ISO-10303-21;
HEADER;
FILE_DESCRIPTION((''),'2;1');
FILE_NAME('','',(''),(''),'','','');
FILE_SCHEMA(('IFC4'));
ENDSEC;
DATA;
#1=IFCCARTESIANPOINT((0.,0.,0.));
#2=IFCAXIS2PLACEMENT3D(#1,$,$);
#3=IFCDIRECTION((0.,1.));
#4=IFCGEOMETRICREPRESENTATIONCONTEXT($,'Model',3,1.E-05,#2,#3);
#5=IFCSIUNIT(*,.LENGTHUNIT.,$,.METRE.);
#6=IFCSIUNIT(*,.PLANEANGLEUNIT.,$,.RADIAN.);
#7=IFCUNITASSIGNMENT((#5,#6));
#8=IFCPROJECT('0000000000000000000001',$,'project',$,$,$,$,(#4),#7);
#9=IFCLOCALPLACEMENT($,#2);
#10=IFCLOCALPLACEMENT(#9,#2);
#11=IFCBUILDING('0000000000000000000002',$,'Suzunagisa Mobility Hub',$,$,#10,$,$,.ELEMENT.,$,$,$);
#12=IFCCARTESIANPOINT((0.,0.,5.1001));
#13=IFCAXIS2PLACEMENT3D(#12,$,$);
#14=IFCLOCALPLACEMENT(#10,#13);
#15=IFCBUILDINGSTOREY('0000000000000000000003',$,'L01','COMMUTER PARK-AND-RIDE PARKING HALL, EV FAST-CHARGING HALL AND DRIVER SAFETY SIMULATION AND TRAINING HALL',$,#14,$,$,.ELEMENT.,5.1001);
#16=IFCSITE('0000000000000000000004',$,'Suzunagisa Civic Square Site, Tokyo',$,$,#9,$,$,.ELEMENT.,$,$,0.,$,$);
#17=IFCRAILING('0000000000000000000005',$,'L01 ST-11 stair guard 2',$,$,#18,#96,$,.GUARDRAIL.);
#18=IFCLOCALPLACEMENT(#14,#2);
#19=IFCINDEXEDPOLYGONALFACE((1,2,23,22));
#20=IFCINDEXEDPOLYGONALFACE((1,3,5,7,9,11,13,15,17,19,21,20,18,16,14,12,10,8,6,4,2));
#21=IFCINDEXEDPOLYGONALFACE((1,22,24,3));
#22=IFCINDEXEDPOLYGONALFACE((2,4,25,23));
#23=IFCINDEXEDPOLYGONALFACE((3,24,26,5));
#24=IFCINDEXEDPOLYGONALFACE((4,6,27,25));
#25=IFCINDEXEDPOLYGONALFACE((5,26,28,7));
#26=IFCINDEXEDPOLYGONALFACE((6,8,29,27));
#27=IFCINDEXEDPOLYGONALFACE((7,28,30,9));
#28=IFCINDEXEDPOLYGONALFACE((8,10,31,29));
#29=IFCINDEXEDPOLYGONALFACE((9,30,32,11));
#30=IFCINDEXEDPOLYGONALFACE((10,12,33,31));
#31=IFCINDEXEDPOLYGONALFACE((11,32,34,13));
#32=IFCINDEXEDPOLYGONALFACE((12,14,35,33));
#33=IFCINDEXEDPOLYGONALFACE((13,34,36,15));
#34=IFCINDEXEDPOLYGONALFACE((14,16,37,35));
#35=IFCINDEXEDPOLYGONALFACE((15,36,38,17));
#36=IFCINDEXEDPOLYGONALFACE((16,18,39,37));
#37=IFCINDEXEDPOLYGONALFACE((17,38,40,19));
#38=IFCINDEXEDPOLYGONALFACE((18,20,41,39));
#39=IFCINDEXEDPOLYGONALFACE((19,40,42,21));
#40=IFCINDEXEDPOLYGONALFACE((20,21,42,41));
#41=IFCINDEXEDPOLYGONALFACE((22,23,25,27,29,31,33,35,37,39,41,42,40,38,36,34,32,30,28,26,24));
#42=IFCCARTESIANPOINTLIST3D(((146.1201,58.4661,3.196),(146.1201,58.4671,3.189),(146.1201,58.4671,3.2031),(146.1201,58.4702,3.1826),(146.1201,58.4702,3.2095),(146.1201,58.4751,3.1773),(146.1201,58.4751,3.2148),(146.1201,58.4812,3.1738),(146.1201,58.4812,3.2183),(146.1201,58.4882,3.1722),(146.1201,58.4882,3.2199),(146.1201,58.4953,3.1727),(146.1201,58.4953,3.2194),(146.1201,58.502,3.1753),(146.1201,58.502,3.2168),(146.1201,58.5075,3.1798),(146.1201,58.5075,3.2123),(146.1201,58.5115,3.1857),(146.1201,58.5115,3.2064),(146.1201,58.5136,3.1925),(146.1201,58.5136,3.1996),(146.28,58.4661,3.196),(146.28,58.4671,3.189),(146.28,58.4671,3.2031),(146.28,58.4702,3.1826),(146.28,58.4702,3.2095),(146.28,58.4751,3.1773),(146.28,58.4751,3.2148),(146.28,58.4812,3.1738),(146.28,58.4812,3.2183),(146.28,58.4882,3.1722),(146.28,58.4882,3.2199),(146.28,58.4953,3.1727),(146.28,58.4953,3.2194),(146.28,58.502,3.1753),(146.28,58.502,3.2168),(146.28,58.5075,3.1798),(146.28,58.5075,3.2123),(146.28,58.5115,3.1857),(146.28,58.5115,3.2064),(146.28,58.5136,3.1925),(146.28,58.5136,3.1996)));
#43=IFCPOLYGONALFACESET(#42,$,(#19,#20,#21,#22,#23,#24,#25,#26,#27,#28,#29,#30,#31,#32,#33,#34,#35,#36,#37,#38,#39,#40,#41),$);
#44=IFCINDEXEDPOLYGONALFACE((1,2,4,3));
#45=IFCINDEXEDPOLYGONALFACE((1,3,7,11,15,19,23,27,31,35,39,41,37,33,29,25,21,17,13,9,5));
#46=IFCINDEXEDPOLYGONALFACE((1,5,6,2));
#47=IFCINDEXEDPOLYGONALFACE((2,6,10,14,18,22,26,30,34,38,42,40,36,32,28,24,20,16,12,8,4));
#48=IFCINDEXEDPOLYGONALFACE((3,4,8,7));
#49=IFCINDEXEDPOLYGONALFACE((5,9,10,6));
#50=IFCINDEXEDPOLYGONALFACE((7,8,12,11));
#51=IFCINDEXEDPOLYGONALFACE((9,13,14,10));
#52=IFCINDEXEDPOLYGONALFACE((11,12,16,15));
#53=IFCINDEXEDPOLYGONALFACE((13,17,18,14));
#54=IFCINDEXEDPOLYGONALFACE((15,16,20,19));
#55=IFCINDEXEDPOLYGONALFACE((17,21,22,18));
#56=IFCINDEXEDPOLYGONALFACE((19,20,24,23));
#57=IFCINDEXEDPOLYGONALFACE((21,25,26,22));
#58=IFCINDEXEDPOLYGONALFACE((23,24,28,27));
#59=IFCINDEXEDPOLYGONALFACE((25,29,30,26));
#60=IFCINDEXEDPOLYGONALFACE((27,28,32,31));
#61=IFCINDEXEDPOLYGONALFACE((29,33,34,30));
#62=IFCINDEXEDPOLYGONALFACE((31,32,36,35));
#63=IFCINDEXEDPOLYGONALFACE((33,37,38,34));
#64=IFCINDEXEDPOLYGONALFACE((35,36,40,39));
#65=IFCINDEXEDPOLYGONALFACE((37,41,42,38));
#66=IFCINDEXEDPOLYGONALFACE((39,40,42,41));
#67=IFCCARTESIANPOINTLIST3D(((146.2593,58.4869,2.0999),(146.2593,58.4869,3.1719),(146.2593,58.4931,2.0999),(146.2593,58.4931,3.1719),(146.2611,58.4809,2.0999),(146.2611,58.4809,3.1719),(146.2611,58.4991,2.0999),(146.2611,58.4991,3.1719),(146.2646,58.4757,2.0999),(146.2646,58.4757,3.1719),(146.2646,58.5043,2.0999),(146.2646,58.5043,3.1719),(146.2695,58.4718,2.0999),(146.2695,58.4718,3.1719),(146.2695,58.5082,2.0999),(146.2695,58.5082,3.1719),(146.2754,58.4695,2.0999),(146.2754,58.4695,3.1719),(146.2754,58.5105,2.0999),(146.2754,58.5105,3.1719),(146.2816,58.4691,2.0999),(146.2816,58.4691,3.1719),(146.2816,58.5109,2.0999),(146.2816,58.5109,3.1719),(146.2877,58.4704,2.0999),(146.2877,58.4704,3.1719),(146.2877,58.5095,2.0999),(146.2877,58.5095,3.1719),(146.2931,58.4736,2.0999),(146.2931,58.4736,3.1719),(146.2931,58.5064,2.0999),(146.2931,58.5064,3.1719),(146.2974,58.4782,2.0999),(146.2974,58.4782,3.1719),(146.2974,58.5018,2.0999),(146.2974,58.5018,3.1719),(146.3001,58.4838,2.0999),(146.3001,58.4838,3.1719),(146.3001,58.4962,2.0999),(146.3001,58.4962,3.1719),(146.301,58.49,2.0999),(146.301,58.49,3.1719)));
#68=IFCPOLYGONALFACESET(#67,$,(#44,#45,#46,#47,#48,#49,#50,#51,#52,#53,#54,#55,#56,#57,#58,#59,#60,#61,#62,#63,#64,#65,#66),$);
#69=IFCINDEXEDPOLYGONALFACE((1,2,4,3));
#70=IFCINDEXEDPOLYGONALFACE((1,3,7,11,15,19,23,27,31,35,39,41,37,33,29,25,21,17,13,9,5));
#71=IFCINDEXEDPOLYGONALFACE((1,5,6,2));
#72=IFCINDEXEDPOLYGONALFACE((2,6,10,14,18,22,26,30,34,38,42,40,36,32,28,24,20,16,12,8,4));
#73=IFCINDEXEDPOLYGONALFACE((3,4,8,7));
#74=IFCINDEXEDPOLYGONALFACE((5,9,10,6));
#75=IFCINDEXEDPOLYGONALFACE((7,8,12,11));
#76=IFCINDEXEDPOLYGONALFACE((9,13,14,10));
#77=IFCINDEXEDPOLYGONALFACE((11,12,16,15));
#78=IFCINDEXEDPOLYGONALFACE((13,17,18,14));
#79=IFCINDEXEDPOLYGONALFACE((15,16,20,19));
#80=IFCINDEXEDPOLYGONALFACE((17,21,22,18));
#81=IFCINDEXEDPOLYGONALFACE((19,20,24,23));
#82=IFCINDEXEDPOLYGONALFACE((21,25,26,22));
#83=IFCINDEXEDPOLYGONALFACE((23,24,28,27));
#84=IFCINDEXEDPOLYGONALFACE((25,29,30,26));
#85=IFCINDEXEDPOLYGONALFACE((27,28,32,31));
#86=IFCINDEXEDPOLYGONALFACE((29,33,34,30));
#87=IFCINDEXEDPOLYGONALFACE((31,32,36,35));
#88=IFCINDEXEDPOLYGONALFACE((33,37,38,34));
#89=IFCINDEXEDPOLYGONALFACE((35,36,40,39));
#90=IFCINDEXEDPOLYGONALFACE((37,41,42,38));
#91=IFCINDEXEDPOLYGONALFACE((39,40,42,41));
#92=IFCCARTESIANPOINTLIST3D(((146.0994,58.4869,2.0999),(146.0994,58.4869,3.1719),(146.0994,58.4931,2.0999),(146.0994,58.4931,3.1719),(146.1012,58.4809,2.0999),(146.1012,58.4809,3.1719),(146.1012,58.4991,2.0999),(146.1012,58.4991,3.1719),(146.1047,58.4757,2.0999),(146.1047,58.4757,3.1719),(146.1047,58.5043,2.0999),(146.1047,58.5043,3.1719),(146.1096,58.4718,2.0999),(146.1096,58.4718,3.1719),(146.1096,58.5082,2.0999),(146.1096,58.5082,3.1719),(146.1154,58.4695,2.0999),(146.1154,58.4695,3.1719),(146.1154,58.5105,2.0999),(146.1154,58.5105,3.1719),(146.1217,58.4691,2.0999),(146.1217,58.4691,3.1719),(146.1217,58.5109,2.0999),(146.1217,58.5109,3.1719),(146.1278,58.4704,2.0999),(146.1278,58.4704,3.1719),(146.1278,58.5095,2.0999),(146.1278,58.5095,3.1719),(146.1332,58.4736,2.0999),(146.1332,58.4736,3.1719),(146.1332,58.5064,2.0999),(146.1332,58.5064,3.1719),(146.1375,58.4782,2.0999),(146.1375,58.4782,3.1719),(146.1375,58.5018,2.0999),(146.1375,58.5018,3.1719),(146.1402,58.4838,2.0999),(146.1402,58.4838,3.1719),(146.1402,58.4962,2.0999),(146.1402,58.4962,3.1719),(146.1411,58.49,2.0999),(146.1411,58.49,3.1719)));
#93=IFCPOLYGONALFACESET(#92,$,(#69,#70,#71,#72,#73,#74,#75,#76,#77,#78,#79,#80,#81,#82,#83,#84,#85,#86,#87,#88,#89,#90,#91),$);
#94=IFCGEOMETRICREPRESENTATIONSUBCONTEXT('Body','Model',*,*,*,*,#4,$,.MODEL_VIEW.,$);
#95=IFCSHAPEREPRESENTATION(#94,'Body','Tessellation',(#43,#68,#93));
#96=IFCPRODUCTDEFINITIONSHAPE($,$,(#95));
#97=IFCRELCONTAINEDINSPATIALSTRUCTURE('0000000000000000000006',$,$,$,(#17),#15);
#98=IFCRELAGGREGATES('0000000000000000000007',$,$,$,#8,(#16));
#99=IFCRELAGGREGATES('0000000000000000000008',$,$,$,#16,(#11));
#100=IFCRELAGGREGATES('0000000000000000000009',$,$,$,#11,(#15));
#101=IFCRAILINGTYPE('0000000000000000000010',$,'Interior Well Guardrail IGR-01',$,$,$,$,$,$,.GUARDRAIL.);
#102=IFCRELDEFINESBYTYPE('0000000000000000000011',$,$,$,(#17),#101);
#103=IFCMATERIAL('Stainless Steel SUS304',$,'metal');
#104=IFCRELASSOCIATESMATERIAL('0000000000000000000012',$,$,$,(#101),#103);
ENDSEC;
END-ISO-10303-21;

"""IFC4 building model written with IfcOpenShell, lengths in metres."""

from ifc_helpers import new_model, si_unit, direction, frame, origin, origin_2d, place, context, subcontext, project, spatial, circle, extrude, material, type_object, element, save


model = new_model("IFC4")

# Units and contexts
model_context = context("Model", 3, precision=1e-05, world=origin(), true_north=direction((0.0, 1.0)))
body_context = subcontext(model_context, "Body", "Model", "MODEL_VIEW")
ifc_project = project(units=[si_unit("LENGTHUNIT", "METRE"), si_unit("PLANEANGLEUNIT", "RADIAN")], contexts=[model_context])

# Site, building, storey
site_placement = place(None, origin())
site = spatial("IfcSite", under=ifc_project, at=site_placement, Name="Suzunagisa Civic Square Site, Tokyo", CompositionType="ELEMENT", RefElevation=0.0)
building_placement = place(site_placement, origin())
building = spatial("IfcBuilding", under=site, at=building_placement, Name="Suzunagisa Mobility Hub", CompositionType="ELEMENT")
storey_placement = place(building_placement, frame((0.0, 0.0, 5.1001)))
storey = spatial("IfcBuildingStorey", under=building, at=storey_placement, Name="L01", Description="COMMUTER PARK-AND-RIDE PARKING HALL, EV FAST-CHARGING HALL AND DRIVER SAFETY SIMULATION AND TRAINING HALL", CompositionType="ELEMENT", Elevation=5.1001)

# Railing
ifc_material_1 = material(Name="Stainless Steel SUS304", Category="metal")
railing_type_1 = type_object("IfcRailingType", Name="Interior Well Guardrail IGR-01", PredefinedType="GUARDRAIL", material=ifc_material_1)
railing_1_placement = place(storey_placement, frame((146.28, 58.49, 2.0999)))
element("IfcRailing", 1, at=railing_1_placement, inside=storey, type_object=railing_type_1, Name="L01 ST-11 stair guard 2", PredefinedType="GUARDRAIL", context=body_context, shape_type="SweptSolid", body=[
    extrude(circle(Radius=0.0239, at=origin_2d()), frame((0.0, 0.0, 1.0962), z_axis=(-1.0, 0.0, 0.0), x_axis=(0.0, -1.0, 0.0)), (0.0, 0.0, 1.0), 0.1599),
    extrude(circle(Radius=0.021, at=origin_2d()), origin(), (0.0, 0.0, 1.0), 1.072),
    extrude(circle(Radius=0.021, at=origin_2d()), frame((-0.1599, 0.0, 0.0)), (0.0, 0.0, 1.0), 1.072),
])

save(model, "model.ifc")
